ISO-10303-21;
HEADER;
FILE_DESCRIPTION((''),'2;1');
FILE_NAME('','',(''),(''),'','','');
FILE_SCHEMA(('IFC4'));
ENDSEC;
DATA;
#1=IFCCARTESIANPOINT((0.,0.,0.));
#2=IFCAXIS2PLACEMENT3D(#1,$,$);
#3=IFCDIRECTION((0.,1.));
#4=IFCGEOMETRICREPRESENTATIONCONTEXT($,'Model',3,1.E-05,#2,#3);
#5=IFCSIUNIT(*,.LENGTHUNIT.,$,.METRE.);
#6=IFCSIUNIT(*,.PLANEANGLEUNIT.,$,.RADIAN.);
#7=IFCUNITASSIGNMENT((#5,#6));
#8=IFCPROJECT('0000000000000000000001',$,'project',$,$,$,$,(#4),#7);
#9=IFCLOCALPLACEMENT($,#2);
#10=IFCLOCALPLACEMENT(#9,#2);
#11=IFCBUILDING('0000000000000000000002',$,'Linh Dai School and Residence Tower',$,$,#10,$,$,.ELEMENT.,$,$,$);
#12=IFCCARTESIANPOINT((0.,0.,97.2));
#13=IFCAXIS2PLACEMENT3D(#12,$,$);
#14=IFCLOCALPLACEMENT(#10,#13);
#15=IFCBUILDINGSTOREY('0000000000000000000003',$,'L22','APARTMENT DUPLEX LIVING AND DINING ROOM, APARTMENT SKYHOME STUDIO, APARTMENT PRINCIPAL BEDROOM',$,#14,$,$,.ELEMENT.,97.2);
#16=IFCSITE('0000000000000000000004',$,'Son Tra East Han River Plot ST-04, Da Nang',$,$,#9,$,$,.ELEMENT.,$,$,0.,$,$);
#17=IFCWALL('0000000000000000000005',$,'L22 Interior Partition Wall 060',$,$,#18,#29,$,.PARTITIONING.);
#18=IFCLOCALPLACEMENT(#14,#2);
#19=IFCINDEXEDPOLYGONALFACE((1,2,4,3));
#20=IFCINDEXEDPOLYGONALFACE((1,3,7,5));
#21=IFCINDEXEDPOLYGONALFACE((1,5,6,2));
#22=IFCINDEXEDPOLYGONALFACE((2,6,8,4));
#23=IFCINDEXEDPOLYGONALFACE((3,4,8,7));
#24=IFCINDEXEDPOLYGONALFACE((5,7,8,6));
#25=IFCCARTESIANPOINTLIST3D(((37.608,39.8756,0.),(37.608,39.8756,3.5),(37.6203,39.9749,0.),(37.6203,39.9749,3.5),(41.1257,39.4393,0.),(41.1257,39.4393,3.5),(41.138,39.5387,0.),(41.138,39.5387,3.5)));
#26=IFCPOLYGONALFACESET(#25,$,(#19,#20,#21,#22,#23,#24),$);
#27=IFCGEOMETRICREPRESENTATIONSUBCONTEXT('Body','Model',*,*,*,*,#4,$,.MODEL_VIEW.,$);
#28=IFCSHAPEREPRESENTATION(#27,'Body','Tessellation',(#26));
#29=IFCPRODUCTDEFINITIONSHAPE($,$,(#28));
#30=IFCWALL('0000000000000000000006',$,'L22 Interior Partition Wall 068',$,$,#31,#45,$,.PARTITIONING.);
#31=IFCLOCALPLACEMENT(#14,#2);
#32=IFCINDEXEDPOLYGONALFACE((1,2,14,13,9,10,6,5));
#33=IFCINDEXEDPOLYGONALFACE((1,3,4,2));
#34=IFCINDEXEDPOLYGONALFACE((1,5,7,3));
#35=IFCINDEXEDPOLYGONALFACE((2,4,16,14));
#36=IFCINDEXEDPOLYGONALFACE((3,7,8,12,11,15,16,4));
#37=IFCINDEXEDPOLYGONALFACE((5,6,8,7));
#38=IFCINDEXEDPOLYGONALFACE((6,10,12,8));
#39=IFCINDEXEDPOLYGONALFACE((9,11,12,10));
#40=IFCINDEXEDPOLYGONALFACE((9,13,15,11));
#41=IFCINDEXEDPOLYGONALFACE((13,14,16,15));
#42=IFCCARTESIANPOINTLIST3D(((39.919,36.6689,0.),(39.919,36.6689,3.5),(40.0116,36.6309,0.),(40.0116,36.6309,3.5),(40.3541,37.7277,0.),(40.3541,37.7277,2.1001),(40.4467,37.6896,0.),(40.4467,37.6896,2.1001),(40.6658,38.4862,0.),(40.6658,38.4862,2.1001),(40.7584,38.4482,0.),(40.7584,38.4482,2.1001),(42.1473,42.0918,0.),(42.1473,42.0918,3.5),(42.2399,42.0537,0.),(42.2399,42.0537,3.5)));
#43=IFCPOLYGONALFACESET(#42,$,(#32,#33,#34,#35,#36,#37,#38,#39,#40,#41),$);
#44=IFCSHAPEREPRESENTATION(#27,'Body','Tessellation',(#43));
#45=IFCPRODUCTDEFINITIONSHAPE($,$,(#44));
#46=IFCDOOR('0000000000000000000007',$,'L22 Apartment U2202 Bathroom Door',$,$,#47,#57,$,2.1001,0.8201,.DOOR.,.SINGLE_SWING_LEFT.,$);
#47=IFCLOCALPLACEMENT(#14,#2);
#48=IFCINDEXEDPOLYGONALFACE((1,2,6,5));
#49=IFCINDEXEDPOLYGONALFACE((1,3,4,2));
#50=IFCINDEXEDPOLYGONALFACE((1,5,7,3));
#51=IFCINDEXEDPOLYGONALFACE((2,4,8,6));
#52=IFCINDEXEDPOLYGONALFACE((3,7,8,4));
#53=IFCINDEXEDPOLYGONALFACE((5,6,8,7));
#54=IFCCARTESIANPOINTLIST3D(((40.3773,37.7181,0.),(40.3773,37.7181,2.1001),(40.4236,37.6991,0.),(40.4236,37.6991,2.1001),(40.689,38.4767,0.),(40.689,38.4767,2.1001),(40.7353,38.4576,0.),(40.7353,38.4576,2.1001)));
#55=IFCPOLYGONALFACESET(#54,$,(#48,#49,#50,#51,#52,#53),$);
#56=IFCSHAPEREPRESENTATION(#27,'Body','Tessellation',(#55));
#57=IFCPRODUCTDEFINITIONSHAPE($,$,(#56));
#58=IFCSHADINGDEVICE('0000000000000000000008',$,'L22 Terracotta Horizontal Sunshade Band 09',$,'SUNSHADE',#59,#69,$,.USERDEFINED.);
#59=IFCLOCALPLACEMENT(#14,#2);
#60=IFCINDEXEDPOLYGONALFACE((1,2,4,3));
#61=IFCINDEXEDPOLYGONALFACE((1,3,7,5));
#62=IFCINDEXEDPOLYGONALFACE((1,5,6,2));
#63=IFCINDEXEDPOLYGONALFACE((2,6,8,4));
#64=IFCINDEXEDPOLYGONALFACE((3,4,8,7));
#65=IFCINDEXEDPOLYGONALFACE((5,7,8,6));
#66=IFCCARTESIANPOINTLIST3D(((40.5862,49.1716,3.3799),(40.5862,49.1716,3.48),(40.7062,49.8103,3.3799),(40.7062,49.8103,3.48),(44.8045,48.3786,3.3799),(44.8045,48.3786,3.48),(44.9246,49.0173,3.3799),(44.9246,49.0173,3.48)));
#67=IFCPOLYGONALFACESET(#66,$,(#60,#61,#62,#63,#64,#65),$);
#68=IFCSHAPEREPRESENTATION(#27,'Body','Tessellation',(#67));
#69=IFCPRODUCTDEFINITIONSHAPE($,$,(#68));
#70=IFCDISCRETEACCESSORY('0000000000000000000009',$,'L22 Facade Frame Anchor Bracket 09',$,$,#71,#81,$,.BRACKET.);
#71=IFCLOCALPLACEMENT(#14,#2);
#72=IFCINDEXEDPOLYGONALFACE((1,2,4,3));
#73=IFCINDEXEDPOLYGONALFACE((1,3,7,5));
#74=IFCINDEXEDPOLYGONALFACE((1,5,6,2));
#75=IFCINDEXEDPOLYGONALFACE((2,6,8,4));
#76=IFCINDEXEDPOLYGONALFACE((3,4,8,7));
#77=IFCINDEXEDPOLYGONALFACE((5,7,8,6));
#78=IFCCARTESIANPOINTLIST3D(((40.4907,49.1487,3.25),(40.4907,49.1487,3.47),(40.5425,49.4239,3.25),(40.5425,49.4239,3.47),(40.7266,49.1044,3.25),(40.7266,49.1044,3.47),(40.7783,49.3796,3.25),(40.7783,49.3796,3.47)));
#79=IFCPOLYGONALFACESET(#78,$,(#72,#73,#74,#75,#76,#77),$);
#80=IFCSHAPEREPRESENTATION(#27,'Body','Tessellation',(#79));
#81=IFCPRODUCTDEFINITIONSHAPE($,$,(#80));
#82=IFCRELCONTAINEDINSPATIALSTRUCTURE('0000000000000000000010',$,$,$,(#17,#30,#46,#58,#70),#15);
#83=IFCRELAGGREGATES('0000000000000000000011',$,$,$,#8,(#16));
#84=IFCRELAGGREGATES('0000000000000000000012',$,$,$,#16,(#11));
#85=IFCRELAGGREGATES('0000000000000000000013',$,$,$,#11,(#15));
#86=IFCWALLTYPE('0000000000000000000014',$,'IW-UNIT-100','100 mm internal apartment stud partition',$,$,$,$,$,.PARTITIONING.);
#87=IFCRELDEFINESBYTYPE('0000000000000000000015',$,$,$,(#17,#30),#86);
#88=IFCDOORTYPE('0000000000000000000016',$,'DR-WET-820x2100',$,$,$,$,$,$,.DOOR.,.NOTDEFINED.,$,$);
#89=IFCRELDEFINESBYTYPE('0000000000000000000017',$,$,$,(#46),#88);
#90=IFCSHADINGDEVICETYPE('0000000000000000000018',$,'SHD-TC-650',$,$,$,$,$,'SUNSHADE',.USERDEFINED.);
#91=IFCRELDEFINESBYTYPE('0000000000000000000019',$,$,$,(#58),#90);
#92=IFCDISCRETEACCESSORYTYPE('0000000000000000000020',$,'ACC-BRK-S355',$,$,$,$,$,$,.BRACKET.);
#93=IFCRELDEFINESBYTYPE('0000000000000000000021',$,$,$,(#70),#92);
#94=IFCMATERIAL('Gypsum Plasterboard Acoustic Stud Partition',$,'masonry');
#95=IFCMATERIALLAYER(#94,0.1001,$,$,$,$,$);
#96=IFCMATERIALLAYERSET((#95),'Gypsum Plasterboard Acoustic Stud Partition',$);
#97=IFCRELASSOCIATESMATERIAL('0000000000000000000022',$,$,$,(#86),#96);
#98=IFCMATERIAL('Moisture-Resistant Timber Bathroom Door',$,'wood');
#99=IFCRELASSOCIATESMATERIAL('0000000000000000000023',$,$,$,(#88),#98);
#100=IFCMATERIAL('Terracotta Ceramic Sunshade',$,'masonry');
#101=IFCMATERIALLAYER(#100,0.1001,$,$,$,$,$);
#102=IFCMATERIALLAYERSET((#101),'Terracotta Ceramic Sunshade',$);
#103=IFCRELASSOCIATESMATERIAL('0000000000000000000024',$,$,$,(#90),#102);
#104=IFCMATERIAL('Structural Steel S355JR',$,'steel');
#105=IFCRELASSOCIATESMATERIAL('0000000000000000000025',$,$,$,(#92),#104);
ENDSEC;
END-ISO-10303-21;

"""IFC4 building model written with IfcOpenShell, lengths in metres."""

from ifc_helpers import new_model, si_unit, direction, frame, frame_2d, origin, origin_2d, place, context, subcontext, project, spatial, rectangle, extrude, source, transform, mapped, material, layer, layer_set, type_object, element, fill, save


model = new_model("IFC4")

# Units and contexts
model_context = context("Model", 3, precision=1e-05, world=origin(), true_north=direction((0.0, 1.0)))
body_context = subcontext(model_context, "Body", "Model", "MODEL_VIEW")
ifc_project = project(units=[si_unit("LENGTHUNIT", "METRE"), si_unit("PLANEANGLEUNIT", "RADIAN")], contexts=[model_context])

# Site, building, storey
site_placement = place(None, origin())
site = spatial("IfcSite", under=ifc_project, at=site_placement, Name="Son Tra East Han River Plot ST-04, Da Nang", CompositionType="ELEMENT", RefElevation=0.0)
building_placement = place(site_placement, origin())
building = spatial("IfcBuilding", under=site, at=building_placement, Name="Linh Dai School and Residence Tower", CompositionType="ELEMENT")
storey_placement = place(building_placement, frame((0.0, 0.0, 97.2)))
storey = spatial("IfcBuildingStorey", under=building, at=storey_placement, Name="L22", Description="APARTMENT DUPLEX LIVING AND DINING ROOM, APARTMENT SKYHOME STUDIO, APARTMENT PRINCIPAL BEDROOM", CompositionType="ELEMENT", Elevation=97.2)

# Shared definitions
ifc_material_1 = material(Name="Structural Steel S355JR", Category="steel")

# Shared definitions
ifc_material_2 = material(Name="Gypsum Plasterboard Acoustic Stud Partition", Category="masonry")
ifc_layer_1 = layer(ifc_material_2, 0.1001)
ifc_layer_set_1 = layer_set([ifc_layer_1], Name="Gypsum Plasterboard Acoustic Stud Partition")
wall_type_1 = type_object("IfcWallType", Name="IW-UNIT-100", Description="100 mm internal apartment stud partition", PredefinedType="PARTITIONING", material=ifc_layer_set_1)

# Wall
wall_1_placement = place(storey_placement, frame((37.614, 39.9253, 0.0), z_axis=(0.0, 0.0, 1.0), x_axis=(0.992397, -0.123077, 0.0)))
element("IfcWall", 1, at=wall_1_placement, inside=storey, type_object=wall_type_1, Name="L22 Interior Partition Wall 060", PredefinedType="PARTITIONING", context=body_context, shape_type="SweptSolid", body=[
    extrude(rectangle(XDim=3.5447, YDim=0.1001, at=frame_2d((1.7725, 0.0))), origin(), (0.0, 0.0, 1.0), 3.5),
])

# Wall, opening, door
wall_2_placement = place(storey_placement, frame((39.9653, 36.6499, 0.0), z_axis=(0.0, 0.0, 1.0), x_axis=(0.380069, 0.924958, 0.0)))
wall_2 = element("IfcWall", 2, at=wall_2_placement, inside=storey, type_object=wall_type_1, Name="L22 Interior Partition Wall 068", PredefinedType="PARTITIONING", context=body_context, shape_type="SweptSolid", body=[
    extrude(rectangle(XDim=5.8628, YDim=0.1001, at=frame_2d((2.9314, 0.0))), origin(), (0.0, 0.0, 1.0), 3.5),
])
opening_1_placement = place(wall_2_placement, frame((1.1445, 0.0, 0.0)))
opening_1 = element("IfcOpeningElement", 3, at=opening_1_placement, cuts=wall_2, PredefinedType="OPENING", context=body_context, shape_type="SweptSolid", body=[
    extrude(rectangle(XDim=0.8201, YDim=2.1001, at=origin_2d()), frame((0.4102, 0.0601, 1.05), z_axis=(0.0, -1.0, 0.0), x_axis=(1.0, 0.0, 0.0)), (0.0, 0.0, 1.0), 0.1201),
])
ifc_material_3 = material(Name="Moisture-Resistant Timber Bathroom Door", Category="wood")
door_type_1 = type_object("IfcDoorType", Name="DR-WET-820x2100", OperationType="NOTDEFINED", PredefinedType="DOOR", material=ifc_material_3)
shared_shape_1 = source(origin(), body_context, "Body", "SweptSolid", [
    extrude(rectangle(XDim=0.8201, YDim=2.1001, at=origin_2d()), frame((0.4102, 0.0249, 1.05), z_axis=(0.0, -1.0, 0.0), x_axis=(1.0, 0.0, 0.0)), (0.0, 0.0, 1.0), 0.05),
])
door_1_placement = place(opening_1_placement, origin())
door_1 = element("IfcDoor", 4, at=door_1_placement, inside=storey, type_object=door_type_1, Name="L22 Apartment U2202 Bathroom Door", OperationType="SINGLE_SWING_LEFT", OverallHeight=2.1001, OverallWidth=0.8201, PredefinedType="DOOR", context=body_context, shape_type="MappedRepresentation", body=[
    mapped(shared_shape_1, transform((0.0, 0.0, 0.0), x_axis=(1.0, 0.0, 0.0), y_axis=(0.0, 1.0, 0.0), z_axis=(0.0, 0.0, 1.0), scale=1.0)),
])
fill(opening_1, door_1)

# Shading device
ifc_material_4 = material(Name="Terracotta Ceramic Sunshade", Category="masonry")
ifc_layer_2 = layer(ifc_material_4, 0.1001)
ifc_layer_set_2 = layer_set([ifc_layer_2], Name="Terracotta Ceramic Sunshade")
shading_device_type = type_object("IfcShadingDeviceType", Name="SHD-TC-650", ElementType="SUNSHADE", PredefinedType="USERDEFINED", material=ifc_layer_set_2)
shared_shape_2 = source(origin(), body_context, "Body", "SweptSolid", [
    extrude(rectangle(XDim=4.2922, YDim=0.6499, at=origin_2d()), origin(), (0.0, 0.0, 1.0), 0.1001),
])
shading_device_placement = place(storey_placement, frame((42.7554, 49.0945, 3.3799), z_axis=(0.0, 0.0, 1.0), x_axis=(0.982785, -0.184755, 0.0)))
element("IfcShadingDevice", 5, at=shading_device_placement, inside=storey, type_object=shading_device_type, Name="L22 Terracotta Horizontal Sunshade Band 09", ObjectType="SUNSHADE", PredefinedType="USERDEFINED", context=body_context, shape_type="MappedRepresentation", body=[
    mapped(shared_shape_2, transform((0.0, 0.0, 0.0), x_axis=(1.0, 0.0, 0.0), y_axis=(0.0, 1.0, 0.0), z_axis=(0.0, 0.0, 1.0), scale=1.0)),
])

# Discrete accessory
discrete_accessory_type = type_object("IfcDiscreteAccessoryType", Name="ACC-BRK-S355", PredefinedType="BRACKET", material=ifc_material_1)
shared_shape_3 = source(origin(), body_context, "Body", "SweptSolid", [
    extrude(rectangle(XDim=0.28, YDim=0.24, at=origin_2d()), origin(), (0.0, 0.0, 1.0), 0.22),
])
discrete_accessory_placement = place(storey_placement, frame((40.6345, 49.2642, 3.25), z_axis=(0.0, 0.0, 1.0), x_axis=(0.184755, 0.982785, 0.0)))
element("IfcDiscreteAccessory", 6, at=discrete_accessory_placement, inside=storey, type_object=discrete_accessory_type, Name="L22 Facade Frame Anchor Bracket 09", PredefinedType="BRACKET", context=body_context, shape_type="MappedRepresentation", body=[
    mapped(shared_shape_3, transform((0.0, 0.0, 0.0), x_axis=(1.0, 0.0, 0.0), y_axis=(0.0, 1.0, 0.0), z_axis=(0.0, 0.0, 1.0), scale=1.0)),
])

save(model, "model.ifc")
